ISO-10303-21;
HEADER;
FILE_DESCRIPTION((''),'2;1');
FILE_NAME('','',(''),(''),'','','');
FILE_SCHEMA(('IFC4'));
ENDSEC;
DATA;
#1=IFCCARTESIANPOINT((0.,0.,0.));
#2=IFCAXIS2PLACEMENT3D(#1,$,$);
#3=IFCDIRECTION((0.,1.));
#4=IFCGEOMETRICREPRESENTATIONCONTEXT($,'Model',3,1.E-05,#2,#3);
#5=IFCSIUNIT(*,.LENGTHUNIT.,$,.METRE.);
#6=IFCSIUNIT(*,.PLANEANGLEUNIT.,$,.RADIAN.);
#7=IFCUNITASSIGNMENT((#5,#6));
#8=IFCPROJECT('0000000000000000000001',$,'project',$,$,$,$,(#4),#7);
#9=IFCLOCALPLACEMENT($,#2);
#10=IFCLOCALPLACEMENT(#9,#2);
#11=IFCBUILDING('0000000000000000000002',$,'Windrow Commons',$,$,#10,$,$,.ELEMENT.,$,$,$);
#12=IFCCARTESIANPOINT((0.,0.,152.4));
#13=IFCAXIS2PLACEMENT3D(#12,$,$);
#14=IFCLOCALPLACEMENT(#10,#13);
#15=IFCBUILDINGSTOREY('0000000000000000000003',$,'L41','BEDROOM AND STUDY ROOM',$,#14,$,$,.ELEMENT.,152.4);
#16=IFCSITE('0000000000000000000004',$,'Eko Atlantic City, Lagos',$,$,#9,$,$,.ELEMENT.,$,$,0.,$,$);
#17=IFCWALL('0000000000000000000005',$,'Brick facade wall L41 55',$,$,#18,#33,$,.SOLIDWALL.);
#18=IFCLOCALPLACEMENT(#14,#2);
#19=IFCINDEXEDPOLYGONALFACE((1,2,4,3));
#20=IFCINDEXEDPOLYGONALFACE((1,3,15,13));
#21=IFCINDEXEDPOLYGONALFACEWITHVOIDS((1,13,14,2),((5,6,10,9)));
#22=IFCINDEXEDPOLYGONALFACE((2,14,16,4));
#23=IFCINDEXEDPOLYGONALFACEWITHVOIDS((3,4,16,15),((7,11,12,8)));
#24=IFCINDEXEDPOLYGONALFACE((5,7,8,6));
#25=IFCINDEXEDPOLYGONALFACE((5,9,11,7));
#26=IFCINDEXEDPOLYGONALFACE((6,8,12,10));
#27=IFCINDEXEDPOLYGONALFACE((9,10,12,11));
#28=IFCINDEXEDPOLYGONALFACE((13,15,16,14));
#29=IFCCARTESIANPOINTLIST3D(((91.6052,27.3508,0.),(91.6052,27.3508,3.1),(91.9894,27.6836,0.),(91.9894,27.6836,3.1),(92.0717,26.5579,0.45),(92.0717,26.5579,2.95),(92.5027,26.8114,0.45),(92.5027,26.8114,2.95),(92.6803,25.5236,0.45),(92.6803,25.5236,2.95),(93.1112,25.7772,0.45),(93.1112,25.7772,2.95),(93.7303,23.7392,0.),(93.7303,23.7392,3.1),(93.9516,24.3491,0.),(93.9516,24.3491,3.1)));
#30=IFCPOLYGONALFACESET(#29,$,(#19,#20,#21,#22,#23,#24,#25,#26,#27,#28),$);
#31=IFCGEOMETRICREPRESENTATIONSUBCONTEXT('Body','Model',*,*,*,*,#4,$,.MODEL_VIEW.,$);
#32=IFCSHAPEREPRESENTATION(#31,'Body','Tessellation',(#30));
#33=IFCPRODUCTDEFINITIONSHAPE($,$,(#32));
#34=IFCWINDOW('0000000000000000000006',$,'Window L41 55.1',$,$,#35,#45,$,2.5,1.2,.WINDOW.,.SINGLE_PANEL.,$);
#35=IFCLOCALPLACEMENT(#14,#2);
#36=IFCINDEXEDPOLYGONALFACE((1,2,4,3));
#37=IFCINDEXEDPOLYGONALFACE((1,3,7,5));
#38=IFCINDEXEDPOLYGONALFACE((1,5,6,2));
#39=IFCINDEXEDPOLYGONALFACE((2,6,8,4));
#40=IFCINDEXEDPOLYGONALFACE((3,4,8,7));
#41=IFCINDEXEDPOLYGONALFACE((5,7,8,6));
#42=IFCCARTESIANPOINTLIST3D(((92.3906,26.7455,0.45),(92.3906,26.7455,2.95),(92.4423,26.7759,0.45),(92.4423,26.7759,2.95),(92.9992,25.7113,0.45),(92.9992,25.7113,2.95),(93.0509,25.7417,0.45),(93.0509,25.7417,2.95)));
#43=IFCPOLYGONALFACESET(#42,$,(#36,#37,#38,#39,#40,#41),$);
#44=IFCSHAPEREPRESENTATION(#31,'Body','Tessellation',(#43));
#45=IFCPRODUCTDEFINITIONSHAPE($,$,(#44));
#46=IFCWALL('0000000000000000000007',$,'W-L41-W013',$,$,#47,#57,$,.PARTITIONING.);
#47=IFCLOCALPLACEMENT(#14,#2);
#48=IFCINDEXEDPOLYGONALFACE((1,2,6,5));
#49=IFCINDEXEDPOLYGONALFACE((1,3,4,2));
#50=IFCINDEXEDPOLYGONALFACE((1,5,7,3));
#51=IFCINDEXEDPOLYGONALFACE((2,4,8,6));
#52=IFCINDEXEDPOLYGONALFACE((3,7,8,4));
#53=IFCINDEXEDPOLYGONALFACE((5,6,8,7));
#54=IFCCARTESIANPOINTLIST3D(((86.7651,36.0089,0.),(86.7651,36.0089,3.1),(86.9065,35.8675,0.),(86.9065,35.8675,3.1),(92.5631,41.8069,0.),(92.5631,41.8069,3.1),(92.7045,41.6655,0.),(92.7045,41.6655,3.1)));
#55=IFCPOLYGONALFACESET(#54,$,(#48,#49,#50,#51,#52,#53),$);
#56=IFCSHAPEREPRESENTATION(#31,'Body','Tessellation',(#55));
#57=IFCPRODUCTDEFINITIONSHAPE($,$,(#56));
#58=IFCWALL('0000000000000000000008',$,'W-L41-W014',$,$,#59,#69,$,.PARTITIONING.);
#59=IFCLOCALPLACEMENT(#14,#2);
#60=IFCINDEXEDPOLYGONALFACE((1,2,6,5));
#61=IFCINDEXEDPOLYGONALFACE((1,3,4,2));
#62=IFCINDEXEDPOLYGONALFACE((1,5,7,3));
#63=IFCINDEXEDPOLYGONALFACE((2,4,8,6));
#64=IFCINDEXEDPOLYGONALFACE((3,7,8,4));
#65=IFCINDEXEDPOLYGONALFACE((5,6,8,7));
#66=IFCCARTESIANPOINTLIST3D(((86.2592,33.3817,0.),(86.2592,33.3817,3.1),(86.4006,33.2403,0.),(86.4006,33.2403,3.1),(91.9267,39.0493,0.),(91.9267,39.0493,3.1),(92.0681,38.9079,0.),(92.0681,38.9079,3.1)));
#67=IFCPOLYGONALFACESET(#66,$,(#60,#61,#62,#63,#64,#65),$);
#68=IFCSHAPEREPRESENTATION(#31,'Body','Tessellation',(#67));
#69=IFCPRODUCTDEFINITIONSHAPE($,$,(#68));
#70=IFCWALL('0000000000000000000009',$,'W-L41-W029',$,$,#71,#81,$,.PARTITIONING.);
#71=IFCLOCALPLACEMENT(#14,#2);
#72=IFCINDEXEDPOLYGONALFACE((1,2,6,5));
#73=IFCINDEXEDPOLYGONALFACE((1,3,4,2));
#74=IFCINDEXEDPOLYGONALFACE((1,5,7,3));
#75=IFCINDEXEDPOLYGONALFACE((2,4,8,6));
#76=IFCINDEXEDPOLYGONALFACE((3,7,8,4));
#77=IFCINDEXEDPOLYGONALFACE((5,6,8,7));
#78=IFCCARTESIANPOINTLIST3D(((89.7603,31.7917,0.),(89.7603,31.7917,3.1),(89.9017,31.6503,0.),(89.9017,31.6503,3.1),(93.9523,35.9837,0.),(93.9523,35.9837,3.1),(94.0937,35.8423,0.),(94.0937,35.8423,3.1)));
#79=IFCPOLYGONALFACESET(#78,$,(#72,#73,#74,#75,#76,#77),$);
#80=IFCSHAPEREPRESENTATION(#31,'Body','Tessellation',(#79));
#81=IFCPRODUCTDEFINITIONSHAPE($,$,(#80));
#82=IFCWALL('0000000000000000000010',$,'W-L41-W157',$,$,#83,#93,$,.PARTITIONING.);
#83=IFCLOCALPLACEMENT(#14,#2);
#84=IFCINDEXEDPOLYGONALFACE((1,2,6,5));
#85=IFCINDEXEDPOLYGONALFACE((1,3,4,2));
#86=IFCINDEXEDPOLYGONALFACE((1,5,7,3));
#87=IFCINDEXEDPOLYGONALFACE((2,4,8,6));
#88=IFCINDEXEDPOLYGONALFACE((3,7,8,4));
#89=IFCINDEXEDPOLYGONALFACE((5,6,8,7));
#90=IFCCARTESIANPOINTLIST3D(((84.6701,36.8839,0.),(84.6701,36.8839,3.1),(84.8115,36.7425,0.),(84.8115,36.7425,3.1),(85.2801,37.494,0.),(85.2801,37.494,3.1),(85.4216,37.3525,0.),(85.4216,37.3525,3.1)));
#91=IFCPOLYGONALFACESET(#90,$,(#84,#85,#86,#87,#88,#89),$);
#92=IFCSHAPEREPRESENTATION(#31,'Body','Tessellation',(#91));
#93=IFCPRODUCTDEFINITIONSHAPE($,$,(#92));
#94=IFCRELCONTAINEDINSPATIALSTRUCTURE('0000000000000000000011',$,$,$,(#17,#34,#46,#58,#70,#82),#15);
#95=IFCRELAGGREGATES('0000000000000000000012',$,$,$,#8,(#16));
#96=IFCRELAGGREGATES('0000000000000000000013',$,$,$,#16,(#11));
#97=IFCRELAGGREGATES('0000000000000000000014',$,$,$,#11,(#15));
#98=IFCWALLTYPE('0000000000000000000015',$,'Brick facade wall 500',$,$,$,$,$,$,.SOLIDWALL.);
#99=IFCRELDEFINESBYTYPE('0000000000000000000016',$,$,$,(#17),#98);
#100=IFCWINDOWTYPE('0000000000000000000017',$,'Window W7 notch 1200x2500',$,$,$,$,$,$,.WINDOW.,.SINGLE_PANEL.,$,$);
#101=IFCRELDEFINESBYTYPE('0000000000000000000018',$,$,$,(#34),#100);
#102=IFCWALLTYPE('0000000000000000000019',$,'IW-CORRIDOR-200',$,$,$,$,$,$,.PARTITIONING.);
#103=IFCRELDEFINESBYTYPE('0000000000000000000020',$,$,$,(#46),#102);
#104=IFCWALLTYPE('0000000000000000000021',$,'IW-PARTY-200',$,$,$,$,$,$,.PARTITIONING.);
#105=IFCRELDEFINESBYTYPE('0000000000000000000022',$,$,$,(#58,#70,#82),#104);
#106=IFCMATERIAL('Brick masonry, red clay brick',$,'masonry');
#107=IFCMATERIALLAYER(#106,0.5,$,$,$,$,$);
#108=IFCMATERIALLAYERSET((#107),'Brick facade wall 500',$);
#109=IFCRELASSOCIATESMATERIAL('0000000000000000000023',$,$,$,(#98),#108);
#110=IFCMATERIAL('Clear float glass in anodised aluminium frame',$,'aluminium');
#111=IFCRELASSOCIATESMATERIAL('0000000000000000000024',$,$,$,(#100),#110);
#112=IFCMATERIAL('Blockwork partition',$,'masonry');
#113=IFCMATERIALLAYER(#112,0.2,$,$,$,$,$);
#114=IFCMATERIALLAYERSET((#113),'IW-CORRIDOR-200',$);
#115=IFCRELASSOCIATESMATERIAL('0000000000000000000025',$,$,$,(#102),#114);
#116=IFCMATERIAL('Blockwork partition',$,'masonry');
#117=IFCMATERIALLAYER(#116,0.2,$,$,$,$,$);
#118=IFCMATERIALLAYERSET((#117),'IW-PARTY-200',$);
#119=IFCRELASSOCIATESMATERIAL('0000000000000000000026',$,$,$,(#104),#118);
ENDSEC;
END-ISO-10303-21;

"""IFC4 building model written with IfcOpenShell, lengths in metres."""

from ifc_helpers import new_model, si_unit, direction, frame, frame_2d, origin, place, context, subcontext, project, spatial, polyline, rectangle, outline, extrude, material, layer, layer_set, type_object, element, fill, save


model = new_model("IFC4")

# Units and contexts
model_context = context("Model", 3, precision=1e-05, world=origin(), true_north=direction((0.0, 1.0)))
body_context = subcontext(model_context, "Body", "Model", "MODEL_VIEW")
ifc_project = project(units=[si_unit("LENGTHUNIT", "METRE"), si_unit("PLANEANGLEUNIT", "RADIAN")], contexts=[model_context])

# Site, building, storey
site_placement = place(None, origin())
site = spatial("IfcSite", under=ifc_project, at=site_placement, Name="Eko Atlantic City, Lagos", CompositionType="ELEMENT", RefElevation=0.0)
building_placement = place(site_placement, origin())
building = spatial("IfcBuilding", under=site, at=building_placement, Name="Windrow Commons", CompositionType="ELEMENT")
storey_placement = place(building_placement, frame((0.0, 0.0, 152.4)))
storey = spatial("IfcBuildingStorey", under=building, at=storey_placement, Name="L41", Description="BEDROOM AND STUDY ROOM", CompositionType="ELEMENT", Elevation=152.4)

# Wall, opening, window
ifc_material_1 = material(Name="Brick masonry, red clay brick", Category="masonry")
ifc_layer_1 = layer(ifc_material_1, 0.5)
ifc_layer_set_1 = layer_set([ifc_layer_1], Name="Brick facade wall 500")
wall_type_1 = type_object("IfcWallType", Name="Brick facade wall 500", PredefinedType="SOLIDWALL", material=ifc_layer_set_1)
wall_1_placement = place(storey_placement, frame((91.7973, 27.5172, 0.0), z_axis=(0.0, 0.0, 1.0), x_axis=(0.507149, -0.861858, 0.0)))
wall_1 = element("IfcWall", 1, at=wall_1_placement, inside=storey, type_object=wall_type_1, Name="Brick facade wall L41 55", PredefinedType="SOLIDWALL", context=body_context, shape_type="SweptSolid", body=[
    extrude(outline(polyline([(0.046, -0.25), (4.2364, -0.25), (3.823, 0.25), (-0.046, 0.25), (0.046, -0.25)])), origin(), (0.0, 0.0, 1.0), 3.1),
])
opening_1_placement = place(wall_1_placement, frame((0.966, 0.0, 0.45)))
opening_1 = element("IfcOpeningElement", 2, at=opening_1_placement, cuts=wall_1, PredefinedType="OPENING", context=body_context, shape_type="SweptSolid", body=[
    extrude(rectangle(XDim=1.2, YDim=2.5, at=frame_2d((0.6, 1.25))), frame((0.0, 0.26, 0.0), z_axis=(0.0, -1.0, 0.0), x_axis=(1.0, 0.0, 0.0)), (0.0, 0.0, 1.0), 0.52),
])
ifc_material_2 = material(Name="Clear float glass in anodised aluminium frame", Category="aluminium")
window_type_1 = type_object("IfcWindowType", Name="Window W7 notch 1200x2500", PartitioningType="SINGLE_PANEL", PredefinedType="WINDOW", material=ifc_material_2)
window_1_placement = place(opening_1_placement, origin())
window_1 = element("IfcWindow", 3, at=window_1_placement, inside=storey, type_object=window_type_1, Name="Window L41 55.1", OverallHeight=2.5, OverallWidth=1.2, PartitioningType="SINGLE_PANEL", PredefinedType="WINDOW", context=body_context, shape_type="SweptSolid", body=[
    extrude(rectangle(XDim=1.2, YDim=2.5, at=frame_2d((0.6, 1.25))), frame((0.0, 0.18, 0.0), z_axis=(0.0, -1.0, 0.0), x_axis=(1.0, 0.0, 0.0)), (0.0, 0.0, 1.0), 0.06),
])
fill(opening_1, window_1)

# Walls
ifc_material_3 = material(Name="Blockwork partition", Category="masonry")
ifc_layer_2 = layer(ifc_material_3, 0.2)
ifc_layer_set_2 = layer_set([ifc_layer_2], Name="IW-CORRIDOR-200")
wall_type_2 = type_object("IfcWallType", Name="IW-CORRIDOR-200", PredefinedType="PARTITIONING", material=ifc_layer_set_2)
wall_2_placement = place(storey_placement, frame((86.8358, 35.9382, 0.0), z_axis=(0.0, 0.0, 1.0), x_axis=(0.707107, 0.707107, 0.0)))
element("IfcWall", 4, at=wall_2_placement, inside=storey, type_object=wall_type_2, Name="W-L41-W013", PredefinedType="PARTITIONING", context=body_context, shape_type="SweptSolid", body=[
    extrude(rectangle(XDim=8.1996, YDim=0.2, at=frame_2d((4.0998, 0.0))), origin(), (0.0, 0.0, 1.0), 3.1),
])
ifc_material_4 = material(Name="Blockwork partition", Category="masonry")
ifc_layer_3 = layer(ifc_material_4, 0.2)
ifc_layer_set_3 = layer_set([ifc_layer_3], Name="IW-PARTY-200")
wall_type_3 = type_object("IfcWallType", Name="IW-PARTY-200", PredefinedType="PARTITIONING", material=ifc_layer_set_3)
wall_3_placement = place(storey_placement, frame((86.3299, 33.311, 0.0), z_axis=(0.0, 0.0, 1.0), x_axis=(0.707101, 0.707113, 0.0)))
element("IfcWall", 5, at=wall_3_placement, inside=storey, type_object=wall_type_3, Name="W-L41-W014", PredefinedType="PARTITIONING", context=body_context, shape_type="SweptSolid", body=[
    extrude(rectangle(XDim=8.0151, YDim=0.2, at=frame_2d((4.0076, 0.0))), origin(), (0.0, 0.0, 1.0), 3.1),
])
wall_4_placement = place(storey_placement, frame((89.831, 31.721, 0.0), z_axis=(0.0, 0.0, 1.0), x_axis=(0.707107, 0.707107, 0.0)))
element("IfcWall", 6, at=wall_4_placement, inside=storey, type_object=wall_type_3, Name="W-L41-W029", PredefinedType="PARTITIONING", context=body_context, shape_type="SweptSolid", body=[
    extrude(rectangle(XDim=5.9284, YDim=0.2, at=frame_2d((2.9642, 0.0))), origin(), (0.0, 0.0, 1.0), 3.1),
])
wall_5_placement = place(storey_placement, frame((84.7408, 36.8132, 0.0), z_axis=(0.0, 0.0, 1.0), x_axis=(0.707107, 0.707107, 0.0)))
element("IfcWall", 7, at=wall_5_placement, inside=storey, type_object=wall_type_3, Name="W-L41-W157", PredefinedType="PARTITIONING", context=body_context, shape_type="SweptSolid", body=[
    extrude(rectangle(XDim=0.8627, YDim=0.2, at=frame_2d((0.4314, 0.0))), origin(), (0.0, 0.0, 1.0), 3.1),
])

save(model, "model.ifc")
